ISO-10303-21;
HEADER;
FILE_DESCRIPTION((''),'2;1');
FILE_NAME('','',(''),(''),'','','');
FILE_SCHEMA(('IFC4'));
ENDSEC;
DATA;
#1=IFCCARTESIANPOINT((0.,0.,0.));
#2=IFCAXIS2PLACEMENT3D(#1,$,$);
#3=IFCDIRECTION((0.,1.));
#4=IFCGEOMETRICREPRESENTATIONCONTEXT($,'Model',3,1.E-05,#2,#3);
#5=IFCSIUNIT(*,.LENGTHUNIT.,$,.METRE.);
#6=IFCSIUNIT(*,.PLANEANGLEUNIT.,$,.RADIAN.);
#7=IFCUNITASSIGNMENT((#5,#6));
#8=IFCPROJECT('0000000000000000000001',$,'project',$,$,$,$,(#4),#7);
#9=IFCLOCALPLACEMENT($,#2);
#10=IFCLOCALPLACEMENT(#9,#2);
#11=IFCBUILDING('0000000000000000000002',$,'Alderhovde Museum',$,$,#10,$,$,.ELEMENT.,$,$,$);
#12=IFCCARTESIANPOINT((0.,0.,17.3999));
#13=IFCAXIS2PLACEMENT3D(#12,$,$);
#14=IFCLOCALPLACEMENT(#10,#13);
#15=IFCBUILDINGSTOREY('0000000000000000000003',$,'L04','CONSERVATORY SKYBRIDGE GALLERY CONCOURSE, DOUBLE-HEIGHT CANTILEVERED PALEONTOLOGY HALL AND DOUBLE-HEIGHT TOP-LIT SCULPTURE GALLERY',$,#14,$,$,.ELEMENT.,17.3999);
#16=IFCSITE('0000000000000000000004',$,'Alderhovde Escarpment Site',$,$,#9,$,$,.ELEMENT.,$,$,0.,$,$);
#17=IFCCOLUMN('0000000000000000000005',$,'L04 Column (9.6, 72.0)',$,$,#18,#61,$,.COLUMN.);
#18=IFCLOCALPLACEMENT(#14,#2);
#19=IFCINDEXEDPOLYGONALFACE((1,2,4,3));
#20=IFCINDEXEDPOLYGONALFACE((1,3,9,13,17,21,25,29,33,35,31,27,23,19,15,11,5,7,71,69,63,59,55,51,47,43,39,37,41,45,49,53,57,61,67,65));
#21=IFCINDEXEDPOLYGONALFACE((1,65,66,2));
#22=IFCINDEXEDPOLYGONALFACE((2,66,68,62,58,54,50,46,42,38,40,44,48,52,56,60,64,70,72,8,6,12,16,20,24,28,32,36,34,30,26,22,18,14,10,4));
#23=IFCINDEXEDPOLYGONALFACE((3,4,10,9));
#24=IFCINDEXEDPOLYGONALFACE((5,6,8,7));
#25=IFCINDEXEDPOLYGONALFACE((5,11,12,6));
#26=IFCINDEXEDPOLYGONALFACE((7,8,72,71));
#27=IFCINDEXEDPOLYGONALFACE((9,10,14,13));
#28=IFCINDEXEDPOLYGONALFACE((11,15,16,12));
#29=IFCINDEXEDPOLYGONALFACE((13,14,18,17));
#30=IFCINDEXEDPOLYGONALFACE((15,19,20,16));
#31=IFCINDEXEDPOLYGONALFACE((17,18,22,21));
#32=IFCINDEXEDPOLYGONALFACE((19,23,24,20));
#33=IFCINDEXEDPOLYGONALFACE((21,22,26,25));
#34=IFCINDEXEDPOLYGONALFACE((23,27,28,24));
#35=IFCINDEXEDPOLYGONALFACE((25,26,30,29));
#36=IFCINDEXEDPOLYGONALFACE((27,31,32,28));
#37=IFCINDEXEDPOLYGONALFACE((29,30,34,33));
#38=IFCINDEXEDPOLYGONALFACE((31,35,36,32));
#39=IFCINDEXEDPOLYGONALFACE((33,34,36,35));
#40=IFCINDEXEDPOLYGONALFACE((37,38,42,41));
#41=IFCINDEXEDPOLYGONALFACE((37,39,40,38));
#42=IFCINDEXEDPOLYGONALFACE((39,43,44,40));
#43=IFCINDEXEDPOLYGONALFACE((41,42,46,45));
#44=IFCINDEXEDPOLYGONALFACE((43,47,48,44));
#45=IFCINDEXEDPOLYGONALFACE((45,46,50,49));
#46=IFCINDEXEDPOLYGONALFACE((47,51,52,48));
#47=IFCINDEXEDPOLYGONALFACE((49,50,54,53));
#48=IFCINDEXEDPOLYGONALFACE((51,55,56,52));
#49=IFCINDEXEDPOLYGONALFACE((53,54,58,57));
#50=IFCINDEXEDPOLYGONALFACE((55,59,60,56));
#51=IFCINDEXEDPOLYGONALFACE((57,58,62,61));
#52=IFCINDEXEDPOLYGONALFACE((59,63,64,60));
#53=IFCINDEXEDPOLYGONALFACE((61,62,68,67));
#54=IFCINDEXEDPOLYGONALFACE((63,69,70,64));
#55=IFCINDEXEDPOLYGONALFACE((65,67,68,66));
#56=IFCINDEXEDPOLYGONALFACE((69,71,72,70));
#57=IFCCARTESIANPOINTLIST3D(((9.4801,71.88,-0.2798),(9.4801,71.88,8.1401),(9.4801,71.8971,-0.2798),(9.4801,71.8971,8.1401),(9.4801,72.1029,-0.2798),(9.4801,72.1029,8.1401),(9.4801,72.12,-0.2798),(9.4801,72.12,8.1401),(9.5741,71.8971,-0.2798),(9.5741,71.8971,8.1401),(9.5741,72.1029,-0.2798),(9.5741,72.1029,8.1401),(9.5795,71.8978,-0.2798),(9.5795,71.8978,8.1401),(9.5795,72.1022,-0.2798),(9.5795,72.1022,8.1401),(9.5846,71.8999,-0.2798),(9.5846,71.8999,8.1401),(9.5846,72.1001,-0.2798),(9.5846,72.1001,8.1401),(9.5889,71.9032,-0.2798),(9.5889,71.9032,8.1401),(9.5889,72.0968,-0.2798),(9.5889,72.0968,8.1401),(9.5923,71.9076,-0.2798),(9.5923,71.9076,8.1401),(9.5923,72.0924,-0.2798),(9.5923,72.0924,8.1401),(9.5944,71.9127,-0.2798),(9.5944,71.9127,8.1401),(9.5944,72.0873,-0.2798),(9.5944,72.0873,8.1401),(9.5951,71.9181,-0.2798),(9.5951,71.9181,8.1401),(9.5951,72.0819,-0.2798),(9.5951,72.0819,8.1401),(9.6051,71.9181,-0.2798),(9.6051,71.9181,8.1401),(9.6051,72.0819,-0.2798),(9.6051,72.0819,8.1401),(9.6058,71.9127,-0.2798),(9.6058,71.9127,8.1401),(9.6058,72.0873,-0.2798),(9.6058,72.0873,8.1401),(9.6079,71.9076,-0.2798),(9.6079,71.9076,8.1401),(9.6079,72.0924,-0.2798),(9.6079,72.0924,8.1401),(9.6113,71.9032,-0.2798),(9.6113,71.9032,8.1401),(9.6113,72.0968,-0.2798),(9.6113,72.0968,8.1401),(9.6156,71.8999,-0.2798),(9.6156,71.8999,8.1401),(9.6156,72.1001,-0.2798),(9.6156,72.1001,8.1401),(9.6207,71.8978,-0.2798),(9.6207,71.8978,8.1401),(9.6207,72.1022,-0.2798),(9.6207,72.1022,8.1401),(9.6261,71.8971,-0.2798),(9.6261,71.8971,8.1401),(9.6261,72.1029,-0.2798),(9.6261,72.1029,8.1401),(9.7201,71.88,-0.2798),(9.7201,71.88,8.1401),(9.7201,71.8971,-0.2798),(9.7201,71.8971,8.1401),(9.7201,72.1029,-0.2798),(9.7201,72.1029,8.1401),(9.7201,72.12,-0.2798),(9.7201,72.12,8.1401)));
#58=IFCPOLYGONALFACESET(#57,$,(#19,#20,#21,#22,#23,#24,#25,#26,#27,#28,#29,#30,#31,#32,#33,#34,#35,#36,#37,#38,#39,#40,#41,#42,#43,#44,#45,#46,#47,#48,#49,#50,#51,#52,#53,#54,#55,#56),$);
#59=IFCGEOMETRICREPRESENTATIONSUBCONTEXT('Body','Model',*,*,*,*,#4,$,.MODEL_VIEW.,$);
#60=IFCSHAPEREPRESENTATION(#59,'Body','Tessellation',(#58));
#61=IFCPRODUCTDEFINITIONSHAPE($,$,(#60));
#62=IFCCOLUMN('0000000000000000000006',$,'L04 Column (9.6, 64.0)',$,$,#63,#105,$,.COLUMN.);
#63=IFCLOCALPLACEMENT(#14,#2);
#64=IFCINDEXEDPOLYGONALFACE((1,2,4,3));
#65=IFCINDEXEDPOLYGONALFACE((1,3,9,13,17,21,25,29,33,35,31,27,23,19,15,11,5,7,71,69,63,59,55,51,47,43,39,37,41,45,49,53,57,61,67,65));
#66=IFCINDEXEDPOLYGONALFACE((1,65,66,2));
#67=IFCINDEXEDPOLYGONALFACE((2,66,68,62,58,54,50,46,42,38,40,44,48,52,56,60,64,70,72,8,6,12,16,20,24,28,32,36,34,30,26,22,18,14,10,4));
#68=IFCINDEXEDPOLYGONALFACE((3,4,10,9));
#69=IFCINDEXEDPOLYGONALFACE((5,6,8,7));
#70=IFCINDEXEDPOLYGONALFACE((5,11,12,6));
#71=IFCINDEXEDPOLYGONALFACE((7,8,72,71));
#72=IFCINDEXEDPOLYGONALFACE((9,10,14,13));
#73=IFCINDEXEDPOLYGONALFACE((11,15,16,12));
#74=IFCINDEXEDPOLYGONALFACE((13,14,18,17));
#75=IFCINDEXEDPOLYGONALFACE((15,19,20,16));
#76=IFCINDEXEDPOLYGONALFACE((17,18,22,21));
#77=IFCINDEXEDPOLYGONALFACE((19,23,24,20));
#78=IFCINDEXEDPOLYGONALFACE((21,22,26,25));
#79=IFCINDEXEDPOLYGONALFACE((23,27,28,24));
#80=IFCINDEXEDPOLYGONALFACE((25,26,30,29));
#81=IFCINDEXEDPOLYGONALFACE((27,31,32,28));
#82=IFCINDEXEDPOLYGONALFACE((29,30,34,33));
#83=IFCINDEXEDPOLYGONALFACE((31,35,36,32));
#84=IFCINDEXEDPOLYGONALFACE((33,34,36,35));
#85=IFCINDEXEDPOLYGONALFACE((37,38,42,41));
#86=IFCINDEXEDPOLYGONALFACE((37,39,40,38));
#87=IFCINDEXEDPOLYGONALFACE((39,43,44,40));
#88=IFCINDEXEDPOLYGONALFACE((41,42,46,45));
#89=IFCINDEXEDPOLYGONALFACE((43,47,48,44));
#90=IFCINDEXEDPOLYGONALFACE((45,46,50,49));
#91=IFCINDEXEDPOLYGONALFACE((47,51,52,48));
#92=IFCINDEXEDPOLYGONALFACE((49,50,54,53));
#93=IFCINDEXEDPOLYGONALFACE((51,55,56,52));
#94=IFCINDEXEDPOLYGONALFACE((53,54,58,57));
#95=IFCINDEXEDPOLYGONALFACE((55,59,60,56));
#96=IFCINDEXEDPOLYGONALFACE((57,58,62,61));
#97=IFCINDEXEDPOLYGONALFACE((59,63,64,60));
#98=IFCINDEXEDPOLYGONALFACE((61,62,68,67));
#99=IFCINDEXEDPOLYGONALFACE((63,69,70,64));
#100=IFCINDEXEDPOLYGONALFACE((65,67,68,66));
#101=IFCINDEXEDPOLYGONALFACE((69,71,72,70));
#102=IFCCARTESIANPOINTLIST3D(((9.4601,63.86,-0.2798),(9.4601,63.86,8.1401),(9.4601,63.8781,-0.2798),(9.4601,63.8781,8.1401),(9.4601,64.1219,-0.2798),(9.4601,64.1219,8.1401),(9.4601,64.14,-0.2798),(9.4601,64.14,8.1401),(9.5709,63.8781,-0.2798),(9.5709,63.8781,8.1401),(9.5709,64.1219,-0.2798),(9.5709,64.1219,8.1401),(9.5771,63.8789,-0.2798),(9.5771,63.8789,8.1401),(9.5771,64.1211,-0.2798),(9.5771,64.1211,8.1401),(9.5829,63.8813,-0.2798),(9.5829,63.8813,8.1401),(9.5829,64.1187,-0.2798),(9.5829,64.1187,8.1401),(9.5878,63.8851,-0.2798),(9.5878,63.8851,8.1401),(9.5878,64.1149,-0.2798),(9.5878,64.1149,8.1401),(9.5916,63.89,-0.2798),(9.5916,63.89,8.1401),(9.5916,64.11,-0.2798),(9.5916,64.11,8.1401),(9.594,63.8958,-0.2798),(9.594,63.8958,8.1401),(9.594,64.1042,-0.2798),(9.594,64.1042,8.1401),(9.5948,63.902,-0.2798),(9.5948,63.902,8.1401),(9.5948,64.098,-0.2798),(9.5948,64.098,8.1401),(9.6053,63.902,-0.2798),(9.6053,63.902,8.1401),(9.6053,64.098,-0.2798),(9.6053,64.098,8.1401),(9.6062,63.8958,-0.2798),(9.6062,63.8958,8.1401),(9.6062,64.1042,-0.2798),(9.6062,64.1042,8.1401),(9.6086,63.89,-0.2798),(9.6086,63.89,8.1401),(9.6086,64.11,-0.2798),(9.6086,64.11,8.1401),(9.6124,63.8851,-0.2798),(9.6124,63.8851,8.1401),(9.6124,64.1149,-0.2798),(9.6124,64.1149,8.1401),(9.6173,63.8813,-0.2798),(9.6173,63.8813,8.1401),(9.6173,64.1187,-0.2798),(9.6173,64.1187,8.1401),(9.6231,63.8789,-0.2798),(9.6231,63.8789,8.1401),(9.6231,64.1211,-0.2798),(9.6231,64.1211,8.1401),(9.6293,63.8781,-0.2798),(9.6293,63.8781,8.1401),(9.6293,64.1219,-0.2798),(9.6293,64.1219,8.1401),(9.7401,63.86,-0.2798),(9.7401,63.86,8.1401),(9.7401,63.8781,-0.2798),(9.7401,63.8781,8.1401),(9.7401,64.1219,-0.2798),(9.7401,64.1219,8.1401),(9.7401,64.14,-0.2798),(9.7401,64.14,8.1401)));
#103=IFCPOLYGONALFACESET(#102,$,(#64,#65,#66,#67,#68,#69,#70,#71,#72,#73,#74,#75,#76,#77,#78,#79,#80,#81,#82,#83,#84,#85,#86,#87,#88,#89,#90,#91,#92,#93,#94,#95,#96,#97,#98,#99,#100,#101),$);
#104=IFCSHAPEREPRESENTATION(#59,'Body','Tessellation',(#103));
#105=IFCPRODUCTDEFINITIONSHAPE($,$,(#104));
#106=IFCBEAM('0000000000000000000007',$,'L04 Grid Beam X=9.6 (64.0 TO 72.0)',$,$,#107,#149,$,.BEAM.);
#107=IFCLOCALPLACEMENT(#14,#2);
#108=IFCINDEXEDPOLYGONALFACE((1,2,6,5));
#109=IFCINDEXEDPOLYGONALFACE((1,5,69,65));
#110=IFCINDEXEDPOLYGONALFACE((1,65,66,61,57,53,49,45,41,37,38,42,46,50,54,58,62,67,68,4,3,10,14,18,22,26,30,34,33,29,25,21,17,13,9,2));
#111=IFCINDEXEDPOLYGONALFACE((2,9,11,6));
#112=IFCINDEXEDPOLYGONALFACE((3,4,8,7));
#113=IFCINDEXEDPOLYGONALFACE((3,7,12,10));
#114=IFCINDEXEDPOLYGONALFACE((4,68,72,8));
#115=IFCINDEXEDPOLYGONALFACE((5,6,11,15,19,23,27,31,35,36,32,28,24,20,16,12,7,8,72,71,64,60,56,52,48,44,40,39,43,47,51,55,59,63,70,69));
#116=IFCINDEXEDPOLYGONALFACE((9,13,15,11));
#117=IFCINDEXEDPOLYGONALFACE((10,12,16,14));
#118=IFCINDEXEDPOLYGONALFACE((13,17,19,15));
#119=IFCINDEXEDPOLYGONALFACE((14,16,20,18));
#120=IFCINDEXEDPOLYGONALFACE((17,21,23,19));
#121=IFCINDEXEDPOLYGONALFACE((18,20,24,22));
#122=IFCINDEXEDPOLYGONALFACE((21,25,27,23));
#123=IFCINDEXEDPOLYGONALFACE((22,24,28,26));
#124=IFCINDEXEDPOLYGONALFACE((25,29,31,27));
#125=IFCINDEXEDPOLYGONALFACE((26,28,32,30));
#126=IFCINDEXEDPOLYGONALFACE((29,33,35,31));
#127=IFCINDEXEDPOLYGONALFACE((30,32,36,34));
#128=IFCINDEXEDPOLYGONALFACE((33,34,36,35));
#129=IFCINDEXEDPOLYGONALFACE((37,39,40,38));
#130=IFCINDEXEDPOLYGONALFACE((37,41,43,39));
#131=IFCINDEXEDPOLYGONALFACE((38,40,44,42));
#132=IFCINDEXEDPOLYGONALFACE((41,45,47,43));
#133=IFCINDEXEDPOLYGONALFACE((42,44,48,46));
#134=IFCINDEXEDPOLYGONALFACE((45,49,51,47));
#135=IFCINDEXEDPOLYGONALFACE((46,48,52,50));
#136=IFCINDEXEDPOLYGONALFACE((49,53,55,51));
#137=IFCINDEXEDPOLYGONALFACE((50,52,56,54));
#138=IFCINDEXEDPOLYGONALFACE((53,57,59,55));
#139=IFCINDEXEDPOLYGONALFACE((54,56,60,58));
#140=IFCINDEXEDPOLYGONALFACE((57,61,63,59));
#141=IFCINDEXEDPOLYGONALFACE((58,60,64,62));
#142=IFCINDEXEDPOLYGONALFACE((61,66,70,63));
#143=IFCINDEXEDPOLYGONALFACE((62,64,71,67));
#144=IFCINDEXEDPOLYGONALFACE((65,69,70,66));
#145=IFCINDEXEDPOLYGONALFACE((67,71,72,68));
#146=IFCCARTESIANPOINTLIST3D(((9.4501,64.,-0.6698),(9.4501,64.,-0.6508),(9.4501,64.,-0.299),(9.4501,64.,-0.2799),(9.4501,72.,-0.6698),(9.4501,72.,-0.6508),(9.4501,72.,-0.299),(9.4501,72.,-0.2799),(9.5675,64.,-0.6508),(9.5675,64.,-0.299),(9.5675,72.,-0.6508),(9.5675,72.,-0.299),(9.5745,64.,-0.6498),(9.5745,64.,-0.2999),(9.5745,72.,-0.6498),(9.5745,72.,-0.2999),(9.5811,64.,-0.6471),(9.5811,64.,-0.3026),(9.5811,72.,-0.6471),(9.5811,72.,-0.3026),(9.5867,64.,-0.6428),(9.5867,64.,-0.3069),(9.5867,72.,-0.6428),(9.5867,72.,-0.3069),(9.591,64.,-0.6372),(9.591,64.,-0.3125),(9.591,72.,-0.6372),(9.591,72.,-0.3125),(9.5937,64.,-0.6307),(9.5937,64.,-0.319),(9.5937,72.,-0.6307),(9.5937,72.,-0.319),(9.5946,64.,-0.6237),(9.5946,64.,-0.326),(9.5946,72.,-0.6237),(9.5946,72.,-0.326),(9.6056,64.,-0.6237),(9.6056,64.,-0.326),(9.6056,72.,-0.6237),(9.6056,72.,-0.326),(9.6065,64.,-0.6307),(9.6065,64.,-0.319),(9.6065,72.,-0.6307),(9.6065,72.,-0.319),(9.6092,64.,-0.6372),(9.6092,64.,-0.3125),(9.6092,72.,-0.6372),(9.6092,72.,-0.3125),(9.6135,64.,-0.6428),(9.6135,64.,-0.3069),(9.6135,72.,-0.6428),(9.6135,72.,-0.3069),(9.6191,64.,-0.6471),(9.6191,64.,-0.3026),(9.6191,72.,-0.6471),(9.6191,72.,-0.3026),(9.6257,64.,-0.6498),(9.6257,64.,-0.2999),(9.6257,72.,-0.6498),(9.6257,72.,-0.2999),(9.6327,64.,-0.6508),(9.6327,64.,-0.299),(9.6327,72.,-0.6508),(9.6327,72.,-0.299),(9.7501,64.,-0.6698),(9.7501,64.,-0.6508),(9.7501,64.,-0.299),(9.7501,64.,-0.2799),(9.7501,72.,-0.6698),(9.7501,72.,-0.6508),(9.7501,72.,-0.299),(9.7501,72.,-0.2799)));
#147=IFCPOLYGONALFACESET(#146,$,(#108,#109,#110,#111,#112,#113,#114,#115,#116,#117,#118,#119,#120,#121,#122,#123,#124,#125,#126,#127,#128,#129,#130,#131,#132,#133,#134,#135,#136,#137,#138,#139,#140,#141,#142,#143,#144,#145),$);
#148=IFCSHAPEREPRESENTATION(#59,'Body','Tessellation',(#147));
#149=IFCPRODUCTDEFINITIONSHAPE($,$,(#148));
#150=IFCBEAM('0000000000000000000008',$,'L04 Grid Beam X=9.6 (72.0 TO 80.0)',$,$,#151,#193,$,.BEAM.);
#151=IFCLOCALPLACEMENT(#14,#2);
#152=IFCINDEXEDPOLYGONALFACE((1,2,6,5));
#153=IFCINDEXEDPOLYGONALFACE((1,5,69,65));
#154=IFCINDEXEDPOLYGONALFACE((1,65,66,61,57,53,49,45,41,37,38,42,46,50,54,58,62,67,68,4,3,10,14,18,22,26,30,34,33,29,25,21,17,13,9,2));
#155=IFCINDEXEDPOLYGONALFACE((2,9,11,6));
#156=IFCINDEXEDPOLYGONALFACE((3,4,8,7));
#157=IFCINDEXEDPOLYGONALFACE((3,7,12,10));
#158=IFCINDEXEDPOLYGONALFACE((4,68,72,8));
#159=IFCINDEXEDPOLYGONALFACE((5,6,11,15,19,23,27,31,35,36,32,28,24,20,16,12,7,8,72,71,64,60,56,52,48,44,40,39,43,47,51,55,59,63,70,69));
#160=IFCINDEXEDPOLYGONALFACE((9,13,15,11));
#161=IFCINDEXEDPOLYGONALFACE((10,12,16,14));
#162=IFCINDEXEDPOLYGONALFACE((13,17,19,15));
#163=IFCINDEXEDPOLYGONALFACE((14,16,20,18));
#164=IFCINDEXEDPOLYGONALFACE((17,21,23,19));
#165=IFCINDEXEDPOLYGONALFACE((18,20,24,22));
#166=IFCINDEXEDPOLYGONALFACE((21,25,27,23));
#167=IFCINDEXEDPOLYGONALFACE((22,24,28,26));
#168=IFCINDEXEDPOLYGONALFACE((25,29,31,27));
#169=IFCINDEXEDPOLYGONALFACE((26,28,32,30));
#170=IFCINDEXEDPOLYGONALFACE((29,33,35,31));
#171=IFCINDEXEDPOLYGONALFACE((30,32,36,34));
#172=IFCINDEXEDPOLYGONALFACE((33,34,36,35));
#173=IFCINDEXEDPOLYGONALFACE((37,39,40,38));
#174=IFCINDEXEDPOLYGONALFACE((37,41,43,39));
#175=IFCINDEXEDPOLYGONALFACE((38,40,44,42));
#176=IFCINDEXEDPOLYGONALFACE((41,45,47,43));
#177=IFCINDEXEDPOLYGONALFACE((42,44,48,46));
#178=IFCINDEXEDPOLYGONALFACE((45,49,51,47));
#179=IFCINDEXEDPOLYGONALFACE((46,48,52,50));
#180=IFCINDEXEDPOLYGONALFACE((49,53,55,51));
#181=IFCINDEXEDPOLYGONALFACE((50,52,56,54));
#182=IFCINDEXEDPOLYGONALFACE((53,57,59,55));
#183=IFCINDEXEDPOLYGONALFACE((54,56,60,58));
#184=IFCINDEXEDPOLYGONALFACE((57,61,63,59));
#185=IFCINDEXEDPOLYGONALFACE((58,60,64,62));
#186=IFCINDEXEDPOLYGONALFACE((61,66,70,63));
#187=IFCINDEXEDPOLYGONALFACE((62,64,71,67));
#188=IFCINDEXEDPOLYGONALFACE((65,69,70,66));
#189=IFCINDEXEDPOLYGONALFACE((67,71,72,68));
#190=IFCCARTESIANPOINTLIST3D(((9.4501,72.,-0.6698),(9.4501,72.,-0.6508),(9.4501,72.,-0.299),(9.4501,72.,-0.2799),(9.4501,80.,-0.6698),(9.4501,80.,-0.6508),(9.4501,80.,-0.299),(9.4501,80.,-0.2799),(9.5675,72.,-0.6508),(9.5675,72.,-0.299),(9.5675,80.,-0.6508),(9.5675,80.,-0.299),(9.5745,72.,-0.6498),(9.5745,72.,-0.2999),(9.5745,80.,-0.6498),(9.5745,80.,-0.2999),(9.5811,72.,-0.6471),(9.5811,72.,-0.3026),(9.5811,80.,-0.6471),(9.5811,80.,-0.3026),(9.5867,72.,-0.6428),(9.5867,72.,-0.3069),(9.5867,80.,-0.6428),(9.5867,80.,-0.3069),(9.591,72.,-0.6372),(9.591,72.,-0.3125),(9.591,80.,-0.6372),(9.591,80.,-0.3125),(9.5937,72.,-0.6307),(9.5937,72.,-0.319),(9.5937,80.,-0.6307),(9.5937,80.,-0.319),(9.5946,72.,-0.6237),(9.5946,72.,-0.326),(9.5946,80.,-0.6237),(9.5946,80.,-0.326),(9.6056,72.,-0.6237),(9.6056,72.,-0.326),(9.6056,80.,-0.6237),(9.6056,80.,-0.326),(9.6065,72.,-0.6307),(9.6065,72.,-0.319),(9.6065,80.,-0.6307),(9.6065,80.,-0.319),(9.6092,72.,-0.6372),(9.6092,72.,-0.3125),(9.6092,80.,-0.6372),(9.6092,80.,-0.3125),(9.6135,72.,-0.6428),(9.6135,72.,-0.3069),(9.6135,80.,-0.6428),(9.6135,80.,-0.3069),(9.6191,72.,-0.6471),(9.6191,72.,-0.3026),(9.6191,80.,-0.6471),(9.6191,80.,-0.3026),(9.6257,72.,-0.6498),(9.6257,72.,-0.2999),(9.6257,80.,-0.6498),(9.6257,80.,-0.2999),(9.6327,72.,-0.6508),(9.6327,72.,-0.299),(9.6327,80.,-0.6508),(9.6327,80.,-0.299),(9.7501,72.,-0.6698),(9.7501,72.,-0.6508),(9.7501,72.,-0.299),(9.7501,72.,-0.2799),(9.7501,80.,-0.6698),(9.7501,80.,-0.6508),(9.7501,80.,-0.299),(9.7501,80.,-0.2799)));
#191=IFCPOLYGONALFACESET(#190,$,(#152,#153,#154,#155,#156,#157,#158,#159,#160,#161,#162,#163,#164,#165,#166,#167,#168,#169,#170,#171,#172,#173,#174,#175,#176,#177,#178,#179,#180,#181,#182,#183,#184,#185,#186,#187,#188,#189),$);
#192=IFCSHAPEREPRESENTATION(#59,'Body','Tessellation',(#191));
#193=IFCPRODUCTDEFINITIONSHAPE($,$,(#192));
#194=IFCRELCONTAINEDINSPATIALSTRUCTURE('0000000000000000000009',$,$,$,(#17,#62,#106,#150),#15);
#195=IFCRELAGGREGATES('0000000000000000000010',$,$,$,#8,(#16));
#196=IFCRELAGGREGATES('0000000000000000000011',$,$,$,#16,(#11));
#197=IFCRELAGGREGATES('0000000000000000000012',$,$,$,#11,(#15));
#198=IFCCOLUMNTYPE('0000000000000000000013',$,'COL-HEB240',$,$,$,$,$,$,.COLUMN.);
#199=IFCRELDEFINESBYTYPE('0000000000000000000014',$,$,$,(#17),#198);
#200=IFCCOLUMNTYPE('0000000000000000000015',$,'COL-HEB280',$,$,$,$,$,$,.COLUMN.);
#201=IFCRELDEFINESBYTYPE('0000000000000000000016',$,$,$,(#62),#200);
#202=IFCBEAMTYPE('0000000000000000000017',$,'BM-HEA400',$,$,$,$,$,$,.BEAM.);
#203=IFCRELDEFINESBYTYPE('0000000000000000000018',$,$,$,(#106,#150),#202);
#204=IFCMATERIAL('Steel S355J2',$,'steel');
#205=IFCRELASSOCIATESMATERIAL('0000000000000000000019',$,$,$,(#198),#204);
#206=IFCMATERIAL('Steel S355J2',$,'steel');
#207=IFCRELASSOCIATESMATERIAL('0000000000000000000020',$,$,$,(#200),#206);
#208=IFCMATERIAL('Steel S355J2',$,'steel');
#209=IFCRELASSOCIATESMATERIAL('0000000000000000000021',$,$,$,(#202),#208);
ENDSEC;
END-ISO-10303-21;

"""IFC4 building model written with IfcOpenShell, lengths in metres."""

from ifc_helpers import new_model, si_unit, direction, frame, origin, origin_2d, place, context, subcontext, project, spatial, i_section, extrude, material, material_profile, profile_set, type_object, element, save


model = new_model("IFC4")

# Units and contexts
model_context = context("Model", 3, precision=1e-05, world=origin(), true_north=direction((0.0, 1.0)))
body_context = subcontext(model_context, "Body", "Model", "MODEL_VIEW")
ifc_project = project(units=[si_unit("LENGTHUNIT", "METRE"), si_unit("PLANEANGLEUNIT", "RADIAN")], contexts=[model_context])

# Site, building, storey
site_placement = place(None, origin())
site = spatial("IfcSite", under=ifc_project, at=site_placement, Name="Alderhovde Escarpment Site", CompositionType="ELEMENT", RefElevation=0.0)
building_placement = place(site_placement, origin())
building = spatial("IfcBuilding", under=site, at=building_placement, Name="Alderhovde Museum", CompositionType="ELEMENT")
storey_placement = place(building_placement, frame((0.0, 0.0, 17.3999)))
storey = spatial("IfcBuildingStorey", under=building, at=storey_placement, Name="L04", Description="CONSERVATORY SKYBRIDGE GALLERY CONCOURSE, DOUBLE-HEIGHT CANTILEVERED PALEONTOLOGY HALL AND DOUBLE-HEIGHT TOP-LIT SCULPTURE GALLERY", CompositionType="ELEMENT", Elevation=17.3999)

# Columns
ifc_material_1 = material(Name="Steel S355J2", Category="steel")
ifc_material_profile_1 = material_profile(ifc_material_1, i_section(OverallWidth=0.24, OverallDepth=0.24, WebThickness=0.01, FlangeThickness=0.0171, FilletRadius=0.021, at=origin_2d()), Name="HEB 240")
ifc_profile_set_1 = profile_set([ifc_material_profile_1], Name="Steel S355J2")
column_type_1 = type_object("IfcColumnType", Name="COL-HEB240", PredefinedType="COLUMN", material=ifc_profile_set_1)
column_1_placement = place(storey_placement, frame((9.6001, 72.0, -0.2798), z_axis=(0.0, 0.0, 1.0), x_axis=(1.0, 0.0, 0.0)))
element("IfcColumn", 1, at=column_1_placement, inside=storey, type_object=column_type_1, Name="L04 Column (9.6, 72.0)", PredefinedType="COLUMN", context=body_context, shape_type="SweptSolid", body=[
    extrude(i_section(OverallWidth=0.24, OverallDepth=0.24, WebThickness=0.01, FlangeThickness=0.0171, FilletRadius=0.021, at=origin_2d()), origin(), (0.0, 0.0, 1.0), 8.4199),
])
ifc_material_2 = material(Name="Steel S355J2", Category="steel")
ifc_material_profile_2 = material_profile(ifc_material_2, i_section(OverallWidth=0.28, OverallDepth=0.28, WebThickness=0.0105, FlangeThickness=0.0181, FilletRadius=0.0239, at=origin_2d()), Name="HEB 280")
ifc_profile_set_2 = profile_set([ifc_material_profile_2], Name="Steel S355J2")
column_type_2 = type_object("IfcColumnType", Name="COL-HEB280", PredefinedType="COLUMN", material=ifc_profile_set_2)
column_2_placement = place(storey_placement, frame((9.6001, 64.0, -0.2798), z_axis=(0.0, 0.0, 1.0), x_axis=(1.0, 0.0, 0.0)))
element("IfcColumn", 2, at=column_2_placement, inside=storey, type_object=column_type_2, Name="L04 Column (9.6, 64.0)", PredefinedType="COLUMN", context=body_context, shape_type="SweptSolid", body=[
    extrude(i_section(OverallWidth=0.28, OverallDepth=0.28, WebThickness=0.0105, FlangeThickness=0.0181, FilletRadius=0.0239, at=origin_2d()), origin(), (0.0, 0.0, 1.0), 8.4199),
])

# Beams
ifc_material_3 = material(Name="Steel S355J2", Category="steel")
ifc_material_profile_3 = material_profile(ifc_material_3, i_section(OverallWidth=0.3, OverallDepth=0.3899, WebThickness=0.011, FlangeThickness=0.019, FilletRadius=0.0271, at=origin_2d()), Name="HEA 400")
ifc_profile_set_3 = profile_set([ifc_material_profile_3], Name="Steel S355J2")
beam_type_1 = type_object("IfcBeamType", Name="BM-HEA400", PredefinedType="BEAM", material=ifc_profile_set_3)
for number, where, z_axis, x_axis, name in (
    (3, (9.6001, 64.0, -0.4749), (0.0, 1.0, 0.0), (-1.0, 0.0, 0.0), "L04 Grid Beam X=9.6 (64.0 TO 72.0)"),
    (4, (9.6001, 72.0, -0.4749), (0.0, 1.0, 0.0), (-1.0, 0.0, 0.0), "L04 Grid Beam X=9.6 (72.0 TO 80.0)"),
):
    element("IfcBeam", number, at=place(storey_placement, frame(where, z_axis=z_axis, x_axis=x_axis)), inside=storey, type_object=beam_type_1, Name=name, PredefinedType="BEAM", context=body_context, shape_type="SweptSolid", body=[
        extrude(i_section(OverallWidth=0.3, OverallDepth=0.3899, WebThickness=0.011, FlangeThickness=0.019, FilletRadius=0.0271, at=origin_2d()), origin(), (0.0, 0.0, 1.0), 8.0),
    ])

save(model, "model.ifc")
